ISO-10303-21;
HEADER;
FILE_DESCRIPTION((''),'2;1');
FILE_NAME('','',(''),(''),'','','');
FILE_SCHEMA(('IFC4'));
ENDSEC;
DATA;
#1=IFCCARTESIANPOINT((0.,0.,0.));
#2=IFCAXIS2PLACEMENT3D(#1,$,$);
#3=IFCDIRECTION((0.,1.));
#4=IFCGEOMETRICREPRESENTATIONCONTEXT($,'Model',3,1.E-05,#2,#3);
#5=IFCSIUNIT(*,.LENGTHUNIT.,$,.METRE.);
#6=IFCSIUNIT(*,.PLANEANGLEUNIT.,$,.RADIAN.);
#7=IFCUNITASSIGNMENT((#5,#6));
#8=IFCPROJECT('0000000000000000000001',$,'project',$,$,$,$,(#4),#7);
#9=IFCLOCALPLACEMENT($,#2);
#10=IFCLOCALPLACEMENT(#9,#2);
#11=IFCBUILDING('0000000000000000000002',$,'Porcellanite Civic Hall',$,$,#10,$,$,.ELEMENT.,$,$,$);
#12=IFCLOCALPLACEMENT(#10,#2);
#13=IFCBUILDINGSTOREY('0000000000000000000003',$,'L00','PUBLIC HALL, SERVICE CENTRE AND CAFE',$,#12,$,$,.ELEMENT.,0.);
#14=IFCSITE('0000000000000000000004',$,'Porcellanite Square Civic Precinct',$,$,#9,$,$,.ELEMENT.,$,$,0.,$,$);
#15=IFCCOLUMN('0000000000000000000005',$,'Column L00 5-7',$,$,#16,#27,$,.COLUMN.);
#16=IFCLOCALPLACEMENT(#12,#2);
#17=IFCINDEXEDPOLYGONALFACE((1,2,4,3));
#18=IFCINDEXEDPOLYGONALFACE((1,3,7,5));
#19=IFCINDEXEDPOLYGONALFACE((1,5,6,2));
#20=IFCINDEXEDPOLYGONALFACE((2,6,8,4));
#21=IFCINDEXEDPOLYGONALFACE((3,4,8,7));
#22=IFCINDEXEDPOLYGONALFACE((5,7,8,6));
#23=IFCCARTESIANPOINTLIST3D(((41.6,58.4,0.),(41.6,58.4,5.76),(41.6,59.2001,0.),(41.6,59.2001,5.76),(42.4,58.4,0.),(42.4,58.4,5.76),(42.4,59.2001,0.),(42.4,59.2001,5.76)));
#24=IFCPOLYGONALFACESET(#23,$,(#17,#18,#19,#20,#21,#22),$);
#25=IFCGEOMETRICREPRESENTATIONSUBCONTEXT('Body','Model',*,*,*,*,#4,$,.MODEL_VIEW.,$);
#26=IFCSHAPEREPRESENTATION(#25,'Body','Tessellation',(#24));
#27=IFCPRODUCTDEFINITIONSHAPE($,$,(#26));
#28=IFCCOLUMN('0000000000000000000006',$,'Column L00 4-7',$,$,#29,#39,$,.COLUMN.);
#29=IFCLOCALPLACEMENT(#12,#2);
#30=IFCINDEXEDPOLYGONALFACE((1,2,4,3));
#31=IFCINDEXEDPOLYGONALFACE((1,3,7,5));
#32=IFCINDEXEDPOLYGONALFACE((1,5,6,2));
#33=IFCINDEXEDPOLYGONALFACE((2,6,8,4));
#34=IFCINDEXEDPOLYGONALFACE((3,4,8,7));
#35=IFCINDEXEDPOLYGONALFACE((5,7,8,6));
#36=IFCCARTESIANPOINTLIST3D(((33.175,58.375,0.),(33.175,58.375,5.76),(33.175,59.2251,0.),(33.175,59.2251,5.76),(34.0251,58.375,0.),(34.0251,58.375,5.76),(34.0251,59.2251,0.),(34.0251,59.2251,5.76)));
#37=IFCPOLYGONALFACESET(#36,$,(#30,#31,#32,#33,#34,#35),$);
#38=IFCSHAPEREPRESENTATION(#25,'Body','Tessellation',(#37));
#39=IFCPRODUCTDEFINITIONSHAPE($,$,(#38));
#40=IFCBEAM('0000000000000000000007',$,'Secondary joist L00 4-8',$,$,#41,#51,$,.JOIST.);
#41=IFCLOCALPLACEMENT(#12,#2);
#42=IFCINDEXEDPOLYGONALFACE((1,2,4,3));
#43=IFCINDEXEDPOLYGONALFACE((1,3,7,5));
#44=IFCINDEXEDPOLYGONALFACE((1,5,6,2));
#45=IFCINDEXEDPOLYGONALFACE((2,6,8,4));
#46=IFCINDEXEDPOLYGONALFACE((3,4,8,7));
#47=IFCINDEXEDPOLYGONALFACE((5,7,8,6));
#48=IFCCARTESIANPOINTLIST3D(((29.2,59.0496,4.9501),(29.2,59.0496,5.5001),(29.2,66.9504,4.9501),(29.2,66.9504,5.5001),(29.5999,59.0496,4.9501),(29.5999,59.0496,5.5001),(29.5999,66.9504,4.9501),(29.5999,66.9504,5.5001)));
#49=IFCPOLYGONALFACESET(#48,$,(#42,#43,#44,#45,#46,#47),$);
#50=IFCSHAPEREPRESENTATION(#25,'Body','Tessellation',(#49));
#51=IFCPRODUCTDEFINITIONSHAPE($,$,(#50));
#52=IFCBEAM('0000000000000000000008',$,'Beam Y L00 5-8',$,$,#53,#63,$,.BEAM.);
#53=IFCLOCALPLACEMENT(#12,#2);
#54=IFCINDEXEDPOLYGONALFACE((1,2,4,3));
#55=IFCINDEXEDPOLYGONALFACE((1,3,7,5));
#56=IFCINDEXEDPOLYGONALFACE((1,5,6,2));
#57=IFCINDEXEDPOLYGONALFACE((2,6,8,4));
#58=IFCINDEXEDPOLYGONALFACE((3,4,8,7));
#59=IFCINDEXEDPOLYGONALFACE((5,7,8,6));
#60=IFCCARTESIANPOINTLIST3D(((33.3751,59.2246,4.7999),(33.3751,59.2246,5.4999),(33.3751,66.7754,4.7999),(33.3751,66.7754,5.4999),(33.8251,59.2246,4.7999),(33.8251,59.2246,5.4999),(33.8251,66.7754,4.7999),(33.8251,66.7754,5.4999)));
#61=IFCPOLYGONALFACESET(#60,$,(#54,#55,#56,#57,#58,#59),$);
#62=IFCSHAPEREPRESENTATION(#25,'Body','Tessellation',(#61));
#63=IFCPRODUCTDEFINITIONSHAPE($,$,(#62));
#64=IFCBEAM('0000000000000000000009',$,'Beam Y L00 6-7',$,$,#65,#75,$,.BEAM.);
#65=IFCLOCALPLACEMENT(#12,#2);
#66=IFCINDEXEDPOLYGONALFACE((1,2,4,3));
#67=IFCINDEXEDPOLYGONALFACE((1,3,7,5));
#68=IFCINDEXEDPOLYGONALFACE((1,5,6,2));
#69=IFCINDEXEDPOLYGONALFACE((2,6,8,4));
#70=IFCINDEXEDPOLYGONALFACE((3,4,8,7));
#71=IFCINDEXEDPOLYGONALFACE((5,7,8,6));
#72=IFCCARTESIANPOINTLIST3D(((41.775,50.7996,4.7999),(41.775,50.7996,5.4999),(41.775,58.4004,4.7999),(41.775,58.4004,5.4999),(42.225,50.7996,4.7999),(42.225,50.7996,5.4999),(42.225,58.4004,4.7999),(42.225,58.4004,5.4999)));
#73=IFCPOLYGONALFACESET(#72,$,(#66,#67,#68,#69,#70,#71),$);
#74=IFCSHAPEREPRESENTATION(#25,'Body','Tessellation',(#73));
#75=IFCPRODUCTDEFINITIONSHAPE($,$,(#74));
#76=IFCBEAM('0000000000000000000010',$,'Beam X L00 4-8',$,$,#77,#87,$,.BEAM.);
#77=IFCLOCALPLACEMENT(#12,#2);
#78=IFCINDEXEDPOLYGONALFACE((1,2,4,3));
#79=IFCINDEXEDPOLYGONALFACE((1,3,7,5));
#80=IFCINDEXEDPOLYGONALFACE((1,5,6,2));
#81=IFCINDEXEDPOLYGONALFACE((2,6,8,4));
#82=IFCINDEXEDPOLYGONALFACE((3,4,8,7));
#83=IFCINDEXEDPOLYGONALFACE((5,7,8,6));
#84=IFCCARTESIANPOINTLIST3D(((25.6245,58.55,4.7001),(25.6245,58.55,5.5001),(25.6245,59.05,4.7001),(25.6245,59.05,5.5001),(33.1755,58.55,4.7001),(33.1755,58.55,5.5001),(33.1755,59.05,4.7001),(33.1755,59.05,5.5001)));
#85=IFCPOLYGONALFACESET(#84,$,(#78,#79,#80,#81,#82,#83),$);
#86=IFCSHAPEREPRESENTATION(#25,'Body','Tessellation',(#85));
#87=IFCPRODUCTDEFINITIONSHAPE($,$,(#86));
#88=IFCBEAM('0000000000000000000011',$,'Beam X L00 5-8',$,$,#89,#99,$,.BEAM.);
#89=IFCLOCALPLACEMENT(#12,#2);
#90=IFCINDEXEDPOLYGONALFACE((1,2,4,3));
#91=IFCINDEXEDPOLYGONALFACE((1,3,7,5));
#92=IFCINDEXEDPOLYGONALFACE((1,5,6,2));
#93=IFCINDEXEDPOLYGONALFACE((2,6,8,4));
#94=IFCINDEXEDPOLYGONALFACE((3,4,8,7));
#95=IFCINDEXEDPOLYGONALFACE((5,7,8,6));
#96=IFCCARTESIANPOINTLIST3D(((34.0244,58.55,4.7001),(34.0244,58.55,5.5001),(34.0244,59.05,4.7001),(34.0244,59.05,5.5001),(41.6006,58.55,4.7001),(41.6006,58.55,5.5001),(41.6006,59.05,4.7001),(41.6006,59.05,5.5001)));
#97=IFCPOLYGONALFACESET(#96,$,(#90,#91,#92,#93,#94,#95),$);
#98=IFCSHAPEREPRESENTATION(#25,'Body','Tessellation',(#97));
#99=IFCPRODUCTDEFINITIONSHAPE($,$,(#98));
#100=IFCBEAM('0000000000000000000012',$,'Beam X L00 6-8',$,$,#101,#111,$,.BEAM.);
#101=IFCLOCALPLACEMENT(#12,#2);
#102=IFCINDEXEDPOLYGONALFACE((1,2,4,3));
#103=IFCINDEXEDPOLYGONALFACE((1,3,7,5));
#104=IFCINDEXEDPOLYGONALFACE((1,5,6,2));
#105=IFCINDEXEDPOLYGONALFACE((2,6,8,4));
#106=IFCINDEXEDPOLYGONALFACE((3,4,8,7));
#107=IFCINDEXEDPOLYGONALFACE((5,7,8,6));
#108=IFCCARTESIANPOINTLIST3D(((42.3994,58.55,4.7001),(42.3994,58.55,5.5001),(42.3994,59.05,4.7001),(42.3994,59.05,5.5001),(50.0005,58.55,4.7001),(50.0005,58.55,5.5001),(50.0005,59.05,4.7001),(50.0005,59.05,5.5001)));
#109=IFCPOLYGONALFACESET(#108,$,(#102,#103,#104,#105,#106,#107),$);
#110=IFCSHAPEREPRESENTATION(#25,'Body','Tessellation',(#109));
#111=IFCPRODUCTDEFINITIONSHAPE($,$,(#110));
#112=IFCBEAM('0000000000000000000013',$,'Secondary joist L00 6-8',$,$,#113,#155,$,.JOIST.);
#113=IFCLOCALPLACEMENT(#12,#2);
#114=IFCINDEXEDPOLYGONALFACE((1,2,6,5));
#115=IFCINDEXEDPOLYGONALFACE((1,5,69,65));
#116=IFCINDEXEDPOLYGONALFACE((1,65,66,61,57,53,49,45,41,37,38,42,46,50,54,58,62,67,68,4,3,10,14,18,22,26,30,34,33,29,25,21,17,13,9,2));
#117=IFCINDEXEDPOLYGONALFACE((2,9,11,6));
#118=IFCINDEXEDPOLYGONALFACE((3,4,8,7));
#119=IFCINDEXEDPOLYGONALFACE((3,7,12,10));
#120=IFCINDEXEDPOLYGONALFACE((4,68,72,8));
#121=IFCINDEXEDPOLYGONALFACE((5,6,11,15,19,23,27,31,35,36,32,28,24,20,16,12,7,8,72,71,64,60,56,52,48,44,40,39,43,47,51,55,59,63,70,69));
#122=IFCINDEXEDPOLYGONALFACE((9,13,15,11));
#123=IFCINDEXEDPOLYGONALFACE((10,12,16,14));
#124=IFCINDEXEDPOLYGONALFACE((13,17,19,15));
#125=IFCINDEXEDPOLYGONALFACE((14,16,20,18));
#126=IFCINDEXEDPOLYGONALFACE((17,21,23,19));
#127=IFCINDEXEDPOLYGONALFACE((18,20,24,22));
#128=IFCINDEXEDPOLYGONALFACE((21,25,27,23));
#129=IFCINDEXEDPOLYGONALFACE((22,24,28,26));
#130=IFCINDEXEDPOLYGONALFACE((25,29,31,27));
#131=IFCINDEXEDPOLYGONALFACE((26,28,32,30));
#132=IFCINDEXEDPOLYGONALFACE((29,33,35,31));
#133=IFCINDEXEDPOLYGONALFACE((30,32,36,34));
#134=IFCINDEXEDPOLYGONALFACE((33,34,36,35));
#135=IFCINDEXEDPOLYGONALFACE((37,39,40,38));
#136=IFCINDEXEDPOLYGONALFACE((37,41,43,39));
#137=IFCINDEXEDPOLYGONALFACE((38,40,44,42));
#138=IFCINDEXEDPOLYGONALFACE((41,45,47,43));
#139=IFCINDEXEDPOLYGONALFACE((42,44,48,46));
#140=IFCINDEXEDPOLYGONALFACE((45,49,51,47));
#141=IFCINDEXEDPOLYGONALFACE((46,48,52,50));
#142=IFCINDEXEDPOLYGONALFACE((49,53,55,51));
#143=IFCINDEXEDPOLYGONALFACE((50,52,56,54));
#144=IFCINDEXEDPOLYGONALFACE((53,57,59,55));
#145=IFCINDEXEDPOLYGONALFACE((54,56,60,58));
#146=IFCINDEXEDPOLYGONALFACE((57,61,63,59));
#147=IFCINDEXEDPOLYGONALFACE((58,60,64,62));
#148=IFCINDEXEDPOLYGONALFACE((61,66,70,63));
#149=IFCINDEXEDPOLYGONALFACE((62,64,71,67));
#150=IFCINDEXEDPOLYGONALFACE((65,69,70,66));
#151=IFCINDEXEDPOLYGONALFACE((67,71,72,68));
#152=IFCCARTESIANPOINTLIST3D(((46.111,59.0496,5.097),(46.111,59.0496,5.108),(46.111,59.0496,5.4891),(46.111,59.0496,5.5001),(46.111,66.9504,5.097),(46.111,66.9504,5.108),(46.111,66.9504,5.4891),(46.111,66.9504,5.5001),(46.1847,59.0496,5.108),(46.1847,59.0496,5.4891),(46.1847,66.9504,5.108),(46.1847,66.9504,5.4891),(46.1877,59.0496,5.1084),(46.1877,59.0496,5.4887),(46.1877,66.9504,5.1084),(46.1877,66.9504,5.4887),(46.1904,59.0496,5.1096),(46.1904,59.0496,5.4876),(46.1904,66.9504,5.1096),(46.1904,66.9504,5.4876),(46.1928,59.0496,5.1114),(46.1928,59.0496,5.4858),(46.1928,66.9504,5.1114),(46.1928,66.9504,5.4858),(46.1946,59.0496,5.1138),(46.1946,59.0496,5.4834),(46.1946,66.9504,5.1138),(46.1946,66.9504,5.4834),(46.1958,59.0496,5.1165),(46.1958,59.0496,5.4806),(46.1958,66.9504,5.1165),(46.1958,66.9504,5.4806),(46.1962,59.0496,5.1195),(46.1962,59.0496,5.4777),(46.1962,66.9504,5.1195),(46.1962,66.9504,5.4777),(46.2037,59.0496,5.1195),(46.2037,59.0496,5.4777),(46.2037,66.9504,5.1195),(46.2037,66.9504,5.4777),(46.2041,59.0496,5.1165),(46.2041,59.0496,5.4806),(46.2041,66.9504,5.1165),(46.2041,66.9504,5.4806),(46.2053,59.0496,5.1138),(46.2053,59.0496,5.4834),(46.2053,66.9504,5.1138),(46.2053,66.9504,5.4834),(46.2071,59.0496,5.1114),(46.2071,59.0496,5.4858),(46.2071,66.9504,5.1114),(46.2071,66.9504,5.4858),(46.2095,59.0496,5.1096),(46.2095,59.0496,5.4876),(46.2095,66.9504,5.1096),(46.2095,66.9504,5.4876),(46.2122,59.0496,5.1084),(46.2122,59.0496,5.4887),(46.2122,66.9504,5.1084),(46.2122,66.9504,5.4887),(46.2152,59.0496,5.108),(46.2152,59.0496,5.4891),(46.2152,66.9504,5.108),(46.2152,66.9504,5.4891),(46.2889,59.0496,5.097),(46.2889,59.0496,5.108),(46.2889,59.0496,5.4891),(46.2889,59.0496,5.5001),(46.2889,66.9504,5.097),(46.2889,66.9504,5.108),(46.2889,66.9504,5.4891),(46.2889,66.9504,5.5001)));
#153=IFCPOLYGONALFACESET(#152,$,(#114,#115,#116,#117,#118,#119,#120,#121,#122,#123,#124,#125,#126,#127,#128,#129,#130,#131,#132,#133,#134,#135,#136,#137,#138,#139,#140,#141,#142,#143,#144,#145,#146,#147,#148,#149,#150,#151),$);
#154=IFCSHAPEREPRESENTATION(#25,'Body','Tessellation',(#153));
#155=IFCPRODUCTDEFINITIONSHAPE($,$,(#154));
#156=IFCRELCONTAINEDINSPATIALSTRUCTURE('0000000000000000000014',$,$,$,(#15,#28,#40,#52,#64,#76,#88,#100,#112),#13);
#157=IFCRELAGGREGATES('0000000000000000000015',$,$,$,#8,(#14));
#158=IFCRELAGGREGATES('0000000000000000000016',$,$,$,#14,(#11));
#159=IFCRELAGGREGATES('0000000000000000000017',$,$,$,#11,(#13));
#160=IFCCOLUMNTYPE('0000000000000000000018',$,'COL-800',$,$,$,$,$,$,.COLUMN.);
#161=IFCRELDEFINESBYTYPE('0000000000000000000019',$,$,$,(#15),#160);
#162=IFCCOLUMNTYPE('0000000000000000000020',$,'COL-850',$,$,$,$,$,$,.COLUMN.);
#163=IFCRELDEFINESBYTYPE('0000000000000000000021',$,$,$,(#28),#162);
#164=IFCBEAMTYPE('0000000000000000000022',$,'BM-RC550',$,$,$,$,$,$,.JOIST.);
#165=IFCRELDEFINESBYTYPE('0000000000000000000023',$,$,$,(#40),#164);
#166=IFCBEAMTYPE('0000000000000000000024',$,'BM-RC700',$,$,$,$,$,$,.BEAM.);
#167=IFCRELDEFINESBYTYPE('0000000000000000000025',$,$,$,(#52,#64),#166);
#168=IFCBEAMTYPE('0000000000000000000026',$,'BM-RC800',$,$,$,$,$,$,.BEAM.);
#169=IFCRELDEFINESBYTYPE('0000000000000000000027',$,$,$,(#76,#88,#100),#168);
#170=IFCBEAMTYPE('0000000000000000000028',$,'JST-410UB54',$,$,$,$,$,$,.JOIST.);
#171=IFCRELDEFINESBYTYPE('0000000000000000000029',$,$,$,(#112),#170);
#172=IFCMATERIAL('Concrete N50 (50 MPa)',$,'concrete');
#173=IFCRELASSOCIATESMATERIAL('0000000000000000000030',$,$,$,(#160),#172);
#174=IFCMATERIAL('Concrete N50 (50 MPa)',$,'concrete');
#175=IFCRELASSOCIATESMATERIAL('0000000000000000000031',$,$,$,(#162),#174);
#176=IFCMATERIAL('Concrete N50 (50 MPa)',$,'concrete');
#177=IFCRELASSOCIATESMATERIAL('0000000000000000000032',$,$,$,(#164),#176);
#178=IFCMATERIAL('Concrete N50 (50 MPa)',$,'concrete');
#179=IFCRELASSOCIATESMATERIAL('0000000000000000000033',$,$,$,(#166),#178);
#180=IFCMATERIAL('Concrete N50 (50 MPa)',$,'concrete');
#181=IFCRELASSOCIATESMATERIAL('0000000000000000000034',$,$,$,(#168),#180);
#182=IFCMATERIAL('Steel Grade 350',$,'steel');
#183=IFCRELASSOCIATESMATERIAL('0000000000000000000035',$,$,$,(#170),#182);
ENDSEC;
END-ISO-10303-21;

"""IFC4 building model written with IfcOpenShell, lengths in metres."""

from ifc_helpers import new_model, si_unit, direction, frame, origin, origin_2d, place, context, subcontext, project, spatial, rectangle, i_section, extrude, material, material_profile, profile_set, type_object, element, save


model = new_model("IFC4")

# Units and contexts
model_context = context("Model", 3, precision=1e-05, world=origin(), true_north=direction((0.0, 1.0)))
body_context = subcontext(model_context, "Body", "Model", "MODEL_VIEW")
ifc_project = project(units=[si_unit("LENGTHUNIT", "METRE"), si_unit("PLANEANGLEUNIT", "RADIAN")], contexts=[model_context])

# Site, building, storey
site_placement = place(None, origin())
site = spatial("IfcSite", under=ifc_project, at=site_placement, Name="Porcellanite Square Civic Precinct", CompositionType="ELEMENT", RefElevation=0.0)
building_placement = place(site_placement, origin())
building = spatial("IfcBuilding", under=site, at=building_placement, Name="Porcellanite Civic Hall", CompositionType="ELEMENT")
storey_placement = place(building_placement, origin())
storey = spatial("IfcBuildingStorey", under=building, at=storey_placement, Name="L00", Description="PUBLIC HALL, SERVICE CENTRE AND CAFE", CompositionType="ELEMENT", Elevation=0.0)

# Columns
ifc_material_1 = material(Name="Concrete N50 (50 MPa)", Category="concrete")
ifc_material_profile_1 = material_profile(ifc_material_1, rectangle(XDim=0.8, YDim=0.8, at=origin_2d()), Name="RC-800x800")
ifc_profile_set_1 = profile_set([ifc_material_profile_1], Name="Concrete N50 (50 MPa)")
column_type_1 = type_object("IfcColumnType", Name="COL-800", PredefinedType="COLUMN", material=ifc_profile_set_1)
column_1_placement = place(storey_placement, frame((42.0, 58.8, 0.0), z_axis=(0.0, 0.0, 1.0), x_axis=(1.0, 0.0, 0.0)))
element("IfcColumn", 1, at=column_1_placement, inside=storey, type_object=column_type_1, Name="Column L00 5-7", PredefinedType="COLUMN", context=body_context, shape_type="SweptSolid", body=[
    extrude(rectangle(XDim=0.8, YDim=0.8, at=origin_2d()), origin(), (0.0, 0.0, 1.0), 5.76),
])
ifc_material_2 = material(Name="Concrete N50 (50 MPa)", Category="concrete")
ifc_material_profile_2 = material_profile(ifc_material_2, rectangle(XDim=0.8501, YDim=0.8501, at=origin_2d()), Name="RC-850x850")
ifc_profile_set_2 = profile_set([ifc_material_profile_2], Name="Concrete N50 (50 MPa)")
column_type_2 = type_object("IfcColumnType", Name="COL-850", PredefinedType="COLUMN", material=ifc_profile_set_2)
column_2_placement = place(storey_placement, frame((33.6001, 58.8, 0.0), z_axis=(0.0, 0.0, 1.0), x_axis=(1.0, 0.0, 0.0)))
element("IfcColumn", 2, at=column_2_placement, inside=storey, type_object=column_type_2, Name="Column L00 4-7", PredefinedType="COLUMN", context=body_context, shape_type="SweptSolid", body=[
    extrude(rectangle(XDim=0.8501, YDim=0.8501, at=origin_2d()), origin(), (0.0, 0.0, 1.0), 5.76),
])

# Beams
ifc_material_3 = material(Name="Concrete N50 (50 MPa)", Category="concrete")
ifc_material_profile_3 = material_profile(ifc_material_3, rectangle(XDim=0.3999, YDim=0.55, at=origin_2d()), Name="RC-400x550")
ifc_profile_set_3 = profile_set([ifc_material_profile_3], Name="Concrete N50 (50 MPa)")
beam_type_1 = type_object("IfcBeamType", Name="BM-RC550", PredefinedType="JOIST", material=ifc_profile_set_3)
beam_1_placement = place(storey_placement, frame((29.3999, 59.0496, 5.2251), z_axis=(0.0, 1.0, 0.0), x_axis=(-1.0, 0.0, 0.0)))
element("IfcBeam", 3, at=beam_1_placement, inside=storey, type_object=beam_type_1, Name="Secondary joist L00 4-8", PredefinedType="JOIST", context=body_context, shape_type="SweptSolid", body=[
    extrude(rectangle(XDim=0.3999, YDim=0.55, at=origin_2d()), origin(), (0.0, 0.0, 1.0), 7.9009),
])
ifc_material_4 = material(Name="Concrete N50 (50 MPa)", Category="concrete")
ifc_material_profile_4 = material_profile(ifc_material_4, rectangle(XDim=0.45, YDim=0.7, at=origin_2d()), Name="RC-450x700")
ifc_profile_set_4 = profile_set([ifc_material_profile_4], Name="Concrete N50 (50 MPa)")
beam_type_2 = type_object("IfcBeamType", Name="BM-RC700", PredefinedType="BEAM", material=ifc_profile_set_4)
beam_2_placement = place(storey_placement, frame((33.6001, 59.2246, 5.1499), z_axis=(0.0, 1.0, 0.0), x_axis=(-1.0, 0.0, 0.0)))
element("IfcBeam", 4, at=beam_2_placement, inside=storey, type_object=beam_type_2, Name="Beam Y L00 5-8", PredefinedType="BEAM", context=body_context, shape_type="SweptSolid", body=[
    extrude(rectangle(XDim=0.45, YDim=0.7, at=origin_2d()), origin(), (0.0, 0.0, 1.0), 7.5508),
])
beam_3_placement = place(storey_placement, frame((42.0, 50.7996, 5.1499), z_axis=(0.0, 1.0, 0.0), x_axis=(-1.0, 0.0, 0.0)))
element("IfcBeam", 5, at=beam_3_placement, inside=storey, type_object=beam_type_2, Name="Beam Y L00 6-7", PredefinedType="BEAM", context=body_context, shape_type="SweptSolid", body=[
    extrude(rectangle(XDim=0.45, YDim=0.7, at=origin_2d()), origin(), (0.0, 0.0, 1.0), 7.6008),
])
ifc_material_5 = material(Name="Concrete N50 (50 MPa)", Category="concrete")
ifc_material_profile_5 = material_profile(ifc_material_5, rectangle(XDim=0.5, YDim=0.8, at=origin_2d()), Name="RC-500x800")
ifc_profile_set_5 = profile_set([ifc_material_profile_5], Name="Concrete N50 (50 MPa)")
beam_type_3 = type_object("IfcBeamType", Name="BM-RC800", PredefinedType="BEAM", material=ifc_profile_set_5)
beam_4_placement = place(storey_placement, frame((25.6245, 58.8, 5.1001), z_axis=(1.0, 0.0, 0.0), x_axis=(0.0, 1.0, 0.0)))
element("IfcBeam", 6, at=beam_4_placement, inside=storey, type_object=beam_type_3, Name="Beam X L00 4-8", PredefinedType="BEAM", context=body_context, shape_type="SweptSolid", body=[
    extrude(rectangle(XDim=0.5, YDim=0.8, at=origin_2d()), origin(), (0.0, 0.0, 1.0), 7.551),
])
beam_5_placement = place(storey_placement, frame((34.0244, 58.8, 5.1001), z_axis=(1.0, 0.0, 0.0), x_axis=(0.0, 1.0, 0.0)))
element("IfcBeam", 7, at=beam_5_placement, inside=storey, type_object=beam_type_3, Name="Beam X L00 5-8", PredefinedType="BEAM", context=body_context, shape_type="SweptSolid", body=[
    extrude(rectangle(XDim=0.5, YDim=0.8, at=origin_2d()), origin(), (0.0, 0.0, 1.0), 7.5762),
])
beam_6_placement = place(storey_placement, frame((42.3994, 58.8, 5.1001), z_axis=(1.0, 0.0, 0.0), x_axis=(0.0, 1.0, 0.0)))
element("IfcBeam", 8, at=beam_6_placement, inside=storey, type_object=beam_type_3, Name="Beam X L00 6-8", PredefinedType="BEAM", context=body_context, shape_type="SweptSolid", body=[
    extrude(rectangle(XDim=0.5, YDim=0.8, at=origin_2d()), origin(), (0.0, 0.0, 1.0), 7.6011),
])
ifc_material_6 = material(Name="Steel Grade 350", Category="steel")
ifc_material_profile_6 = material_profile(ifc_material_6, i_section(OverallWidth=0.178, OverallDepth=0.4031, WebThickness=0.0076, FlangeThickness=0.011, FilletRadius=0.0115, at=origin_2d()), Name="410UB53.7")
ifc_profile_set_6 = profile_set([ifc_material_profile_6], Name="Steel Grade 350")
beam_type_4 = type_object("IfcBeamType", Name="JST-410UB54", PredefinedType="JOIST", material=ifc_profile_set_6)
beam_7_placement = place(storey_placement, frame((46.2, 59.0496, 5.2986), z_axis=(0.0, 1.0, 0.0), x_axis=(-1.0, 0.0, 0.0)))
element("IfcBeam", 9, at=beam_7_placement, inside=storey, type_object=beam_type_4, Name="Secondary joist L00 6-8", PredefinedType="JOIST", context=body_context, shape_type="SweptSolid", body=[
    extrude(i_section(OverallWidth=0.178, OverallDepth=0.4031, WebThickness=0.0076, FlangeThickness=0.011, FilletRadius=0.0115, at=origin_2d()), origin(), (0.0, 0.0, 1.0), 7.9009),
])

save(model, "model.ifc")
